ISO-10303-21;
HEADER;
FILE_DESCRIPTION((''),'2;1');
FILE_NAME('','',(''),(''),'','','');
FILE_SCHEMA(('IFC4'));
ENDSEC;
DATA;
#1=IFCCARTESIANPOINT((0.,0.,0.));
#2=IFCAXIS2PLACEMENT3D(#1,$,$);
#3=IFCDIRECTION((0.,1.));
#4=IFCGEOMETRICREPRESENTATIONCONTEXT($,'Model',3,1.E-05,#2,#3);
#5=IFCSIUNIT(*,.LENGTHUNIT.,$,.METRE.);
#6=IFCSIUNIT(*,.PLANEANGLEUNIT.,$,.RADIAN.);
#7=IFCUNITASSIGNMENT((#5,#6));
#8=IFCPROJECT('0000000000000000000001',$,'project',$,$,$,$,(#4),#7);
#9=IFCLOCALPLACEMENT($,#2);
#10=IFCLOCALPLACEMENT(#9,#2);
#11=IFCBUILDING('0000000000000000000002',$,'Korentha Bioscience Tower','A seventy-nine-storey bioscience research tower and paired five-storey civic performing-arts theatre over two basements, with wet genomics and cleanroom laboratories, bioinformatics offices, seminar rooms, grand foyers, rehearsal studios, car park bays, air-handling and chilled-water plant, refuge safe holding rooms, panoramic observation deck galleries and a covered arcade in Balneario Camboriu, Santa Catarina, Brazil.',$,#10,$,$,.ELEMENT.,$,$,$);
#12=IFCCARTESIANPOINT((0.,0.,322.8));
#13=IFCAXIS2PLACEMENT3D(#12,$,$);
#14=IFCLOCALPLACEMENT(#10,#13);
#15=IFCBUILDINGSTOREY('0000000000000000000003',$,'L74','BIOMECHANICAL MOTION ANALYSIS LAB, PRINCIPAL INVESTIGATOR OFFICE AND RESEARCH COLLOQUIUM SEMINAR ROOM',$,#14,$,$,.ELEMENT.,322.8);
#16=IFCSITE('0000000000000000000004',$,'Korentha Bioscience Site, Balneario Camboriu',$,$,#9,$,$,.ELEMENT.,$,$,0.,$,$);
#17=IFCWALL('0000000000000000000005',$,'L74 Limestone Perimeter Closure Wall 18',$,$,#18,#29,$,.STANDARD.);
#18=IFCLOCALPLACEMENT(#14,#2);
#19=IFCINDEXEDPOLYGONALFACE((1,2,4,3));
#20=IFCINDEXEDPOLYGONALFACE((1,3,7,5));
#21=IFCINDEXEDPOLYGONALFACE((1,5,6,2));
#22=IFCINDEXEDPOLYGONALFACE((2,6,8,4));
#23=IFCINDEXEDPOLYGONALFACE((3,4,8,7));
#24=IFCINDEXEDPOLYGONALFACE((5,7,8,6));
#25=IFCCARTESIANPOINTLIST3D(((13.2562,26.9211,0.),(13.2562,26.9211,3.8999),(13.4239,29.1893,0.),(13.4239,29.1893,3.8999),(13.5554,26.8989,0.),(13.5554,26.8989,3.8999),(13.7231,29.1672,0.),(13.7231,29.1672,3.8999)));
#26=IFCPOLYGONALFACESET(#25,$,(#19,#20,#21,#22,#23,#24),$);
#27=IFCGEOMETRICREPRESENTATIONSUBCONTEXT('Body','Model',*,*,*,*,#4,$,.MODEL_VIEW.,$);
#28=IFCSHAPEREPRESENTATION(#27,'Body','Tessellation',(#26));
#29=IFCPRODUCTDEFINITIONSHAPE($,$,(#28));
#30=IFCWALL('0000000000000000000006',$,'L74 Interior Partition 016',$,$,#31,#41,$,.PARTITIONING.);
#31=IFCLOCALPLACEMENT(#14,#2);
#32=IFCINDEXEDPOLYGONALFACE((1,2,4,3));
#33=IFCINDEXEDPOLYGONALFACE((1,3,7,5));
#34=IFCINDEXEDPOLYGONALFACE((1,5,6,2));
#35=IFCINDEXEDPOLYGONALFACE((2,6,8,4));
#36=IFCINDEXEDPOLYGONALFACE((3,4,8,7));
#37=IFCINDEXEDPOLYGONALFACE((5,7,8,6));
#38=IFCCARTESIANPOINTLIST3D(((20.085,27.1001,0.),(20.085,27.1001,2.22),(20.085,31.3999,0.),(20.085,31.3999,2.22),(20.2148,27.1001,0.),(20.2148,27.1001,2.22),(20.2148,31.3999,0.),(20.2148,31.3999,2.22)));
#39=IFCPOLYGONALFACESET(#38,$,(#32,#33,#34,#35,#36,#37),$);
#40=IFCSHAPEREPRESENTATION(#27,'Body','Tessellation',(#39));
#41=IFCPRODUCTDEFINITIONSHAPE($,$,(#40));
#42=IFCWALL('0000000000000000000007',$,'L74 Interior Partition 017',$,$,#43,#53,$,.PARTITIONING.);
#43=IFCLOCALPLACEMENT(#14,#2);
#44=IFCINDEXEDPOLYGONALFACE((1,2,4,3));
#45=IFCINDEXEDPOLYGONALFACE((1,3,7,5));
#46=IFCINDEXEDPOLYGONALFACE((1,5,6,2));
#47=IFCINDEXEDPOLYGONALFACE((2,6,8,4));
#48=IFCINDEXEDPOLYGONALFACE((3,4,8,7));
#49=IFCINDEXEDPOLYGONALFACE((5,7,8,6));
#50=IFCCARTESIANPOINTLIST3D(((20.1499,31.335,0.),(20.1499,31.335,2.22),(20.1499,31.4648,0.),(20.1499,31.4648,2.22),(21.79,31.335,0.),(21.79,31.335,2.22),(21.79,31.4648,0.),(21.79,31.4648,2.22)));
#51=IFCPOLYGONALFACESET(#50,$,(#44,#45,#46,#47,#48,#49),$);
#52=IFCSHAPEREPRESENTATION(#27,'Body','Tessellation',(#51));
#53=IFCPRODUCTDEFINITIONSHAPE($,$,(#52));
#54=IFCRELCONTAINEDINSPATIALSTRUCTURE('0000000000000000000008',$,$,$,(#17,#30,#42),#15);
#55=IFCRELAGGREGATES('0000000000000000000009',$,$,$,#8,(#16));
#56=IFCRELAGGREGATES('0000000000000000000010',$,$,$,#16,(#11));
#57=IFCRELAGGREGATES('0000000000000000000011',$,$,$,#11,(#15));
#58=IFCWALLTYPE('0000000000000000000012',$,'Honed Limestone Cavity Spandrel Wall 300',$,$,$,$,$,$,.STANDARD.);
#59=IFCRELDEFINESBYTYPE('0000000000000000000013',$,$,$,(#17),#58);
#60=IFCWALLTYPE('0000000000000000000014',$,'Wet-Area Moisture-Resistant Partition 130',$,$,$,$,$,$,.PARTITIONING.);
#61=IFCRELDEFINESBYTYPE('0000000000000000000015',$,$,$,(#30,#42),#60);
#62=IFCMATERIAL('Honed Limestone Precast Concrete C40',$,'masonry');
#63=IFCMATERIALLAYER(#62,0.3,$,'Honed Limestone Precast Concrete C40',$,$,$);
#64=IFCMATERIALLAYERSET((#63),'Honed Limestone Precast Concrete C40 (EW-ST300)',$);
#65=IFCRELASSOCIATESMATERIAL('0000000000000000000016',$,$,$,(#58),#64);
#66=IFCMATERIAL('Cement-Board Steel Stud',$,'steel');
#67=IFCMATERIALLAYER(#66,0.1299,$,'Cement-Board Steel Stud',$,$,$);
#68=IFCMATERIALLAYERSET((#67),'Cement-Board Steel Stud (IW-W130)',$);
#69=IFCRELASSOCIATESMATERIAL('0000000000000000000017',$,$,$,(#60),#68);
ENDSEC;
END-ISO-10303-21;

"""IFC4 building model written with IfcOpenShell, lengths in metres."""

from ifc_helpers import new_model, si_unit, direction, frame, frame_2d, origin, place, context, subcontext, project, spatial, rectangle, extrude, material, layer, layer_set, type_object, element, save


model = new_model("IFC4")

# Units and contexts
model_context = context("Model", 3, precision=1e-05, world=origin(), true_north=direction((0.0, 1.0)))
body_context = subcontext(model_context, "Body", "Model", "MODEL_VIEW")
ifc_project = project(units=[si_unit("LENGTHUNIT", "METRE"), si_unit("PLANEANGLEUNIT", "RADIAN")], contexts=[model_context])

# Site, building, storey
site_placement = place(None, origin())
site = spatial("IfcSite", under=ifc_project, at=site_placement, Name="Korentha Bioscience Site, Balneario Camboriu", CompositionType="ELEMENT", RefElevation=0.0)
building_placement = place(site_placement, origin())
building = spatial("IfcBuilding", under=site, at=building_placement, Name="Korentha Bioscience Tower", Description="A seventy-nine-storey bioscience research tower and paired five-storey civic performing-arts theatre over two basements, with wet genomics and cleanroom laboratories, bioinformatics offices, seminar rooms, grand foyers, rehearsal studios, car park bays, air-handling and chilled-water plant, refuge safe holding rooms, panoramic observation deck galleries and a covered arcade in Balneario Camboriu, Santa Catarina, Brazil.", CompositionType="ELEMENT")
storey_placement = place(building_placement, frame((0.0, 0.0, 322.8)))
storey = spatial("IfcBuildingStorey", under=building, at=storey_placement, Name="L74", Description="BIOMECHANICAL MOTION ANALYSIS LAB, PRINCIPAL INVESTIGATOR OFFICE AND RESEARCH COLLOQUIUM SEMINAR ROOM", CompositionType="ELEMENT", Elevation=322.8)

# Walls
ifc_material_1 = material(Name="Honed Limestone Precast Concrete C40", Category="masonry")
ifc_layer_1 = layer(ifc_material_1, 0.3, Name="Honed Limestone Precast Concrete C40")
ifc_layer_set_1 = layer_set([ifc_layer_1], Name="Honed Limestone Precast Concrete C40 (EW-ST300)")
wall_type_1 = type_object("IfcWallType", Name="Honed Limestone Cavity Spandrel Wall 300", PredefinedType="STANDARD", material=ifc_layer_set_1)
wall_1_placement = place(storey_placement, frame((13.5735, 29.1782, 0.0), z_axis=(0.0, 0.0, 1.0), x_axis=(-0.073741, -0.997277, 0.0)))
element("IfcWall", 1, at=wall_1_placement, inside=storey, type_object=wall_type_1, Name="L74 Limestone Perimeter Closure Wall 18", PredefinedType="STANDARD", context=body_context, shape_type="SweptSolid", body=[
    extrude(rectangle(XDim=2.2744, YDim=0.3, at=frame_2d((1.1372, 0.0))), origin(), (0.0, 0.0, 1.0), 3.8999),
])
ifc_material_2 = material(Name="Cement-Board Steel Stud", Category="steel")
ifc_layer_2 = layer(ifc_material_2, 0.1299, Name="Cement-Board Steel Stud")
ifc_layer_set_2 = layer_set([ifc_layer_2], Name="Cement-Board Steel Stud (IW-W130)")
wall_type_2 = type_object("IfcWallType", Name="Wet-Area Moisture-Resistant Partition 130", PredefinedType="PARTITIONING", material=ifc_layer_set_2)
wall_2_placement = place(storey_placement, frame((20.1499, 27.1001, 0.0), z_axis=(0.0, 0.0, 1.0), x_axis=(0.0, 1.0, 0.0)))
element("IfcWall", 2, at=wall_2_placement, inside=storey, type_object=wall_type_2, Name="L74 Interior Partition 016", PredefinedType="PARTITIONING", context=body_context, shape_type="SweptSolid", body=[
    extrude(rectangle(XDim=4.2998, YDim=0.1299, at=frame_2d((2.1499, 0.0))), origin(), (0.0, 0.0, 1.0), 2.22),
])
wall_3_placement = place(storey_placement, frame((20.1499, 31.3999, 0.0), z_axis=(0.0, 0.0, 1.0), x_axis=(1.0, 0.0, 0.0)))
element("IfcWall", 3, at=wall_3_placement, inside=storey, type_object=wall_type_2, Name="L74 Interior Partition 017", PredefinedType="PARTITIONING", context=body_context, shape_type="SweptSolid", body=[
    extrude(rectangle(XDim=1.6401, YDim=0.1299, at=frame_2d((0.8201, 0.0))), origin(), (0.0, 0.0, 1.0), 2.22),
])

save(model, "model.ifc")
